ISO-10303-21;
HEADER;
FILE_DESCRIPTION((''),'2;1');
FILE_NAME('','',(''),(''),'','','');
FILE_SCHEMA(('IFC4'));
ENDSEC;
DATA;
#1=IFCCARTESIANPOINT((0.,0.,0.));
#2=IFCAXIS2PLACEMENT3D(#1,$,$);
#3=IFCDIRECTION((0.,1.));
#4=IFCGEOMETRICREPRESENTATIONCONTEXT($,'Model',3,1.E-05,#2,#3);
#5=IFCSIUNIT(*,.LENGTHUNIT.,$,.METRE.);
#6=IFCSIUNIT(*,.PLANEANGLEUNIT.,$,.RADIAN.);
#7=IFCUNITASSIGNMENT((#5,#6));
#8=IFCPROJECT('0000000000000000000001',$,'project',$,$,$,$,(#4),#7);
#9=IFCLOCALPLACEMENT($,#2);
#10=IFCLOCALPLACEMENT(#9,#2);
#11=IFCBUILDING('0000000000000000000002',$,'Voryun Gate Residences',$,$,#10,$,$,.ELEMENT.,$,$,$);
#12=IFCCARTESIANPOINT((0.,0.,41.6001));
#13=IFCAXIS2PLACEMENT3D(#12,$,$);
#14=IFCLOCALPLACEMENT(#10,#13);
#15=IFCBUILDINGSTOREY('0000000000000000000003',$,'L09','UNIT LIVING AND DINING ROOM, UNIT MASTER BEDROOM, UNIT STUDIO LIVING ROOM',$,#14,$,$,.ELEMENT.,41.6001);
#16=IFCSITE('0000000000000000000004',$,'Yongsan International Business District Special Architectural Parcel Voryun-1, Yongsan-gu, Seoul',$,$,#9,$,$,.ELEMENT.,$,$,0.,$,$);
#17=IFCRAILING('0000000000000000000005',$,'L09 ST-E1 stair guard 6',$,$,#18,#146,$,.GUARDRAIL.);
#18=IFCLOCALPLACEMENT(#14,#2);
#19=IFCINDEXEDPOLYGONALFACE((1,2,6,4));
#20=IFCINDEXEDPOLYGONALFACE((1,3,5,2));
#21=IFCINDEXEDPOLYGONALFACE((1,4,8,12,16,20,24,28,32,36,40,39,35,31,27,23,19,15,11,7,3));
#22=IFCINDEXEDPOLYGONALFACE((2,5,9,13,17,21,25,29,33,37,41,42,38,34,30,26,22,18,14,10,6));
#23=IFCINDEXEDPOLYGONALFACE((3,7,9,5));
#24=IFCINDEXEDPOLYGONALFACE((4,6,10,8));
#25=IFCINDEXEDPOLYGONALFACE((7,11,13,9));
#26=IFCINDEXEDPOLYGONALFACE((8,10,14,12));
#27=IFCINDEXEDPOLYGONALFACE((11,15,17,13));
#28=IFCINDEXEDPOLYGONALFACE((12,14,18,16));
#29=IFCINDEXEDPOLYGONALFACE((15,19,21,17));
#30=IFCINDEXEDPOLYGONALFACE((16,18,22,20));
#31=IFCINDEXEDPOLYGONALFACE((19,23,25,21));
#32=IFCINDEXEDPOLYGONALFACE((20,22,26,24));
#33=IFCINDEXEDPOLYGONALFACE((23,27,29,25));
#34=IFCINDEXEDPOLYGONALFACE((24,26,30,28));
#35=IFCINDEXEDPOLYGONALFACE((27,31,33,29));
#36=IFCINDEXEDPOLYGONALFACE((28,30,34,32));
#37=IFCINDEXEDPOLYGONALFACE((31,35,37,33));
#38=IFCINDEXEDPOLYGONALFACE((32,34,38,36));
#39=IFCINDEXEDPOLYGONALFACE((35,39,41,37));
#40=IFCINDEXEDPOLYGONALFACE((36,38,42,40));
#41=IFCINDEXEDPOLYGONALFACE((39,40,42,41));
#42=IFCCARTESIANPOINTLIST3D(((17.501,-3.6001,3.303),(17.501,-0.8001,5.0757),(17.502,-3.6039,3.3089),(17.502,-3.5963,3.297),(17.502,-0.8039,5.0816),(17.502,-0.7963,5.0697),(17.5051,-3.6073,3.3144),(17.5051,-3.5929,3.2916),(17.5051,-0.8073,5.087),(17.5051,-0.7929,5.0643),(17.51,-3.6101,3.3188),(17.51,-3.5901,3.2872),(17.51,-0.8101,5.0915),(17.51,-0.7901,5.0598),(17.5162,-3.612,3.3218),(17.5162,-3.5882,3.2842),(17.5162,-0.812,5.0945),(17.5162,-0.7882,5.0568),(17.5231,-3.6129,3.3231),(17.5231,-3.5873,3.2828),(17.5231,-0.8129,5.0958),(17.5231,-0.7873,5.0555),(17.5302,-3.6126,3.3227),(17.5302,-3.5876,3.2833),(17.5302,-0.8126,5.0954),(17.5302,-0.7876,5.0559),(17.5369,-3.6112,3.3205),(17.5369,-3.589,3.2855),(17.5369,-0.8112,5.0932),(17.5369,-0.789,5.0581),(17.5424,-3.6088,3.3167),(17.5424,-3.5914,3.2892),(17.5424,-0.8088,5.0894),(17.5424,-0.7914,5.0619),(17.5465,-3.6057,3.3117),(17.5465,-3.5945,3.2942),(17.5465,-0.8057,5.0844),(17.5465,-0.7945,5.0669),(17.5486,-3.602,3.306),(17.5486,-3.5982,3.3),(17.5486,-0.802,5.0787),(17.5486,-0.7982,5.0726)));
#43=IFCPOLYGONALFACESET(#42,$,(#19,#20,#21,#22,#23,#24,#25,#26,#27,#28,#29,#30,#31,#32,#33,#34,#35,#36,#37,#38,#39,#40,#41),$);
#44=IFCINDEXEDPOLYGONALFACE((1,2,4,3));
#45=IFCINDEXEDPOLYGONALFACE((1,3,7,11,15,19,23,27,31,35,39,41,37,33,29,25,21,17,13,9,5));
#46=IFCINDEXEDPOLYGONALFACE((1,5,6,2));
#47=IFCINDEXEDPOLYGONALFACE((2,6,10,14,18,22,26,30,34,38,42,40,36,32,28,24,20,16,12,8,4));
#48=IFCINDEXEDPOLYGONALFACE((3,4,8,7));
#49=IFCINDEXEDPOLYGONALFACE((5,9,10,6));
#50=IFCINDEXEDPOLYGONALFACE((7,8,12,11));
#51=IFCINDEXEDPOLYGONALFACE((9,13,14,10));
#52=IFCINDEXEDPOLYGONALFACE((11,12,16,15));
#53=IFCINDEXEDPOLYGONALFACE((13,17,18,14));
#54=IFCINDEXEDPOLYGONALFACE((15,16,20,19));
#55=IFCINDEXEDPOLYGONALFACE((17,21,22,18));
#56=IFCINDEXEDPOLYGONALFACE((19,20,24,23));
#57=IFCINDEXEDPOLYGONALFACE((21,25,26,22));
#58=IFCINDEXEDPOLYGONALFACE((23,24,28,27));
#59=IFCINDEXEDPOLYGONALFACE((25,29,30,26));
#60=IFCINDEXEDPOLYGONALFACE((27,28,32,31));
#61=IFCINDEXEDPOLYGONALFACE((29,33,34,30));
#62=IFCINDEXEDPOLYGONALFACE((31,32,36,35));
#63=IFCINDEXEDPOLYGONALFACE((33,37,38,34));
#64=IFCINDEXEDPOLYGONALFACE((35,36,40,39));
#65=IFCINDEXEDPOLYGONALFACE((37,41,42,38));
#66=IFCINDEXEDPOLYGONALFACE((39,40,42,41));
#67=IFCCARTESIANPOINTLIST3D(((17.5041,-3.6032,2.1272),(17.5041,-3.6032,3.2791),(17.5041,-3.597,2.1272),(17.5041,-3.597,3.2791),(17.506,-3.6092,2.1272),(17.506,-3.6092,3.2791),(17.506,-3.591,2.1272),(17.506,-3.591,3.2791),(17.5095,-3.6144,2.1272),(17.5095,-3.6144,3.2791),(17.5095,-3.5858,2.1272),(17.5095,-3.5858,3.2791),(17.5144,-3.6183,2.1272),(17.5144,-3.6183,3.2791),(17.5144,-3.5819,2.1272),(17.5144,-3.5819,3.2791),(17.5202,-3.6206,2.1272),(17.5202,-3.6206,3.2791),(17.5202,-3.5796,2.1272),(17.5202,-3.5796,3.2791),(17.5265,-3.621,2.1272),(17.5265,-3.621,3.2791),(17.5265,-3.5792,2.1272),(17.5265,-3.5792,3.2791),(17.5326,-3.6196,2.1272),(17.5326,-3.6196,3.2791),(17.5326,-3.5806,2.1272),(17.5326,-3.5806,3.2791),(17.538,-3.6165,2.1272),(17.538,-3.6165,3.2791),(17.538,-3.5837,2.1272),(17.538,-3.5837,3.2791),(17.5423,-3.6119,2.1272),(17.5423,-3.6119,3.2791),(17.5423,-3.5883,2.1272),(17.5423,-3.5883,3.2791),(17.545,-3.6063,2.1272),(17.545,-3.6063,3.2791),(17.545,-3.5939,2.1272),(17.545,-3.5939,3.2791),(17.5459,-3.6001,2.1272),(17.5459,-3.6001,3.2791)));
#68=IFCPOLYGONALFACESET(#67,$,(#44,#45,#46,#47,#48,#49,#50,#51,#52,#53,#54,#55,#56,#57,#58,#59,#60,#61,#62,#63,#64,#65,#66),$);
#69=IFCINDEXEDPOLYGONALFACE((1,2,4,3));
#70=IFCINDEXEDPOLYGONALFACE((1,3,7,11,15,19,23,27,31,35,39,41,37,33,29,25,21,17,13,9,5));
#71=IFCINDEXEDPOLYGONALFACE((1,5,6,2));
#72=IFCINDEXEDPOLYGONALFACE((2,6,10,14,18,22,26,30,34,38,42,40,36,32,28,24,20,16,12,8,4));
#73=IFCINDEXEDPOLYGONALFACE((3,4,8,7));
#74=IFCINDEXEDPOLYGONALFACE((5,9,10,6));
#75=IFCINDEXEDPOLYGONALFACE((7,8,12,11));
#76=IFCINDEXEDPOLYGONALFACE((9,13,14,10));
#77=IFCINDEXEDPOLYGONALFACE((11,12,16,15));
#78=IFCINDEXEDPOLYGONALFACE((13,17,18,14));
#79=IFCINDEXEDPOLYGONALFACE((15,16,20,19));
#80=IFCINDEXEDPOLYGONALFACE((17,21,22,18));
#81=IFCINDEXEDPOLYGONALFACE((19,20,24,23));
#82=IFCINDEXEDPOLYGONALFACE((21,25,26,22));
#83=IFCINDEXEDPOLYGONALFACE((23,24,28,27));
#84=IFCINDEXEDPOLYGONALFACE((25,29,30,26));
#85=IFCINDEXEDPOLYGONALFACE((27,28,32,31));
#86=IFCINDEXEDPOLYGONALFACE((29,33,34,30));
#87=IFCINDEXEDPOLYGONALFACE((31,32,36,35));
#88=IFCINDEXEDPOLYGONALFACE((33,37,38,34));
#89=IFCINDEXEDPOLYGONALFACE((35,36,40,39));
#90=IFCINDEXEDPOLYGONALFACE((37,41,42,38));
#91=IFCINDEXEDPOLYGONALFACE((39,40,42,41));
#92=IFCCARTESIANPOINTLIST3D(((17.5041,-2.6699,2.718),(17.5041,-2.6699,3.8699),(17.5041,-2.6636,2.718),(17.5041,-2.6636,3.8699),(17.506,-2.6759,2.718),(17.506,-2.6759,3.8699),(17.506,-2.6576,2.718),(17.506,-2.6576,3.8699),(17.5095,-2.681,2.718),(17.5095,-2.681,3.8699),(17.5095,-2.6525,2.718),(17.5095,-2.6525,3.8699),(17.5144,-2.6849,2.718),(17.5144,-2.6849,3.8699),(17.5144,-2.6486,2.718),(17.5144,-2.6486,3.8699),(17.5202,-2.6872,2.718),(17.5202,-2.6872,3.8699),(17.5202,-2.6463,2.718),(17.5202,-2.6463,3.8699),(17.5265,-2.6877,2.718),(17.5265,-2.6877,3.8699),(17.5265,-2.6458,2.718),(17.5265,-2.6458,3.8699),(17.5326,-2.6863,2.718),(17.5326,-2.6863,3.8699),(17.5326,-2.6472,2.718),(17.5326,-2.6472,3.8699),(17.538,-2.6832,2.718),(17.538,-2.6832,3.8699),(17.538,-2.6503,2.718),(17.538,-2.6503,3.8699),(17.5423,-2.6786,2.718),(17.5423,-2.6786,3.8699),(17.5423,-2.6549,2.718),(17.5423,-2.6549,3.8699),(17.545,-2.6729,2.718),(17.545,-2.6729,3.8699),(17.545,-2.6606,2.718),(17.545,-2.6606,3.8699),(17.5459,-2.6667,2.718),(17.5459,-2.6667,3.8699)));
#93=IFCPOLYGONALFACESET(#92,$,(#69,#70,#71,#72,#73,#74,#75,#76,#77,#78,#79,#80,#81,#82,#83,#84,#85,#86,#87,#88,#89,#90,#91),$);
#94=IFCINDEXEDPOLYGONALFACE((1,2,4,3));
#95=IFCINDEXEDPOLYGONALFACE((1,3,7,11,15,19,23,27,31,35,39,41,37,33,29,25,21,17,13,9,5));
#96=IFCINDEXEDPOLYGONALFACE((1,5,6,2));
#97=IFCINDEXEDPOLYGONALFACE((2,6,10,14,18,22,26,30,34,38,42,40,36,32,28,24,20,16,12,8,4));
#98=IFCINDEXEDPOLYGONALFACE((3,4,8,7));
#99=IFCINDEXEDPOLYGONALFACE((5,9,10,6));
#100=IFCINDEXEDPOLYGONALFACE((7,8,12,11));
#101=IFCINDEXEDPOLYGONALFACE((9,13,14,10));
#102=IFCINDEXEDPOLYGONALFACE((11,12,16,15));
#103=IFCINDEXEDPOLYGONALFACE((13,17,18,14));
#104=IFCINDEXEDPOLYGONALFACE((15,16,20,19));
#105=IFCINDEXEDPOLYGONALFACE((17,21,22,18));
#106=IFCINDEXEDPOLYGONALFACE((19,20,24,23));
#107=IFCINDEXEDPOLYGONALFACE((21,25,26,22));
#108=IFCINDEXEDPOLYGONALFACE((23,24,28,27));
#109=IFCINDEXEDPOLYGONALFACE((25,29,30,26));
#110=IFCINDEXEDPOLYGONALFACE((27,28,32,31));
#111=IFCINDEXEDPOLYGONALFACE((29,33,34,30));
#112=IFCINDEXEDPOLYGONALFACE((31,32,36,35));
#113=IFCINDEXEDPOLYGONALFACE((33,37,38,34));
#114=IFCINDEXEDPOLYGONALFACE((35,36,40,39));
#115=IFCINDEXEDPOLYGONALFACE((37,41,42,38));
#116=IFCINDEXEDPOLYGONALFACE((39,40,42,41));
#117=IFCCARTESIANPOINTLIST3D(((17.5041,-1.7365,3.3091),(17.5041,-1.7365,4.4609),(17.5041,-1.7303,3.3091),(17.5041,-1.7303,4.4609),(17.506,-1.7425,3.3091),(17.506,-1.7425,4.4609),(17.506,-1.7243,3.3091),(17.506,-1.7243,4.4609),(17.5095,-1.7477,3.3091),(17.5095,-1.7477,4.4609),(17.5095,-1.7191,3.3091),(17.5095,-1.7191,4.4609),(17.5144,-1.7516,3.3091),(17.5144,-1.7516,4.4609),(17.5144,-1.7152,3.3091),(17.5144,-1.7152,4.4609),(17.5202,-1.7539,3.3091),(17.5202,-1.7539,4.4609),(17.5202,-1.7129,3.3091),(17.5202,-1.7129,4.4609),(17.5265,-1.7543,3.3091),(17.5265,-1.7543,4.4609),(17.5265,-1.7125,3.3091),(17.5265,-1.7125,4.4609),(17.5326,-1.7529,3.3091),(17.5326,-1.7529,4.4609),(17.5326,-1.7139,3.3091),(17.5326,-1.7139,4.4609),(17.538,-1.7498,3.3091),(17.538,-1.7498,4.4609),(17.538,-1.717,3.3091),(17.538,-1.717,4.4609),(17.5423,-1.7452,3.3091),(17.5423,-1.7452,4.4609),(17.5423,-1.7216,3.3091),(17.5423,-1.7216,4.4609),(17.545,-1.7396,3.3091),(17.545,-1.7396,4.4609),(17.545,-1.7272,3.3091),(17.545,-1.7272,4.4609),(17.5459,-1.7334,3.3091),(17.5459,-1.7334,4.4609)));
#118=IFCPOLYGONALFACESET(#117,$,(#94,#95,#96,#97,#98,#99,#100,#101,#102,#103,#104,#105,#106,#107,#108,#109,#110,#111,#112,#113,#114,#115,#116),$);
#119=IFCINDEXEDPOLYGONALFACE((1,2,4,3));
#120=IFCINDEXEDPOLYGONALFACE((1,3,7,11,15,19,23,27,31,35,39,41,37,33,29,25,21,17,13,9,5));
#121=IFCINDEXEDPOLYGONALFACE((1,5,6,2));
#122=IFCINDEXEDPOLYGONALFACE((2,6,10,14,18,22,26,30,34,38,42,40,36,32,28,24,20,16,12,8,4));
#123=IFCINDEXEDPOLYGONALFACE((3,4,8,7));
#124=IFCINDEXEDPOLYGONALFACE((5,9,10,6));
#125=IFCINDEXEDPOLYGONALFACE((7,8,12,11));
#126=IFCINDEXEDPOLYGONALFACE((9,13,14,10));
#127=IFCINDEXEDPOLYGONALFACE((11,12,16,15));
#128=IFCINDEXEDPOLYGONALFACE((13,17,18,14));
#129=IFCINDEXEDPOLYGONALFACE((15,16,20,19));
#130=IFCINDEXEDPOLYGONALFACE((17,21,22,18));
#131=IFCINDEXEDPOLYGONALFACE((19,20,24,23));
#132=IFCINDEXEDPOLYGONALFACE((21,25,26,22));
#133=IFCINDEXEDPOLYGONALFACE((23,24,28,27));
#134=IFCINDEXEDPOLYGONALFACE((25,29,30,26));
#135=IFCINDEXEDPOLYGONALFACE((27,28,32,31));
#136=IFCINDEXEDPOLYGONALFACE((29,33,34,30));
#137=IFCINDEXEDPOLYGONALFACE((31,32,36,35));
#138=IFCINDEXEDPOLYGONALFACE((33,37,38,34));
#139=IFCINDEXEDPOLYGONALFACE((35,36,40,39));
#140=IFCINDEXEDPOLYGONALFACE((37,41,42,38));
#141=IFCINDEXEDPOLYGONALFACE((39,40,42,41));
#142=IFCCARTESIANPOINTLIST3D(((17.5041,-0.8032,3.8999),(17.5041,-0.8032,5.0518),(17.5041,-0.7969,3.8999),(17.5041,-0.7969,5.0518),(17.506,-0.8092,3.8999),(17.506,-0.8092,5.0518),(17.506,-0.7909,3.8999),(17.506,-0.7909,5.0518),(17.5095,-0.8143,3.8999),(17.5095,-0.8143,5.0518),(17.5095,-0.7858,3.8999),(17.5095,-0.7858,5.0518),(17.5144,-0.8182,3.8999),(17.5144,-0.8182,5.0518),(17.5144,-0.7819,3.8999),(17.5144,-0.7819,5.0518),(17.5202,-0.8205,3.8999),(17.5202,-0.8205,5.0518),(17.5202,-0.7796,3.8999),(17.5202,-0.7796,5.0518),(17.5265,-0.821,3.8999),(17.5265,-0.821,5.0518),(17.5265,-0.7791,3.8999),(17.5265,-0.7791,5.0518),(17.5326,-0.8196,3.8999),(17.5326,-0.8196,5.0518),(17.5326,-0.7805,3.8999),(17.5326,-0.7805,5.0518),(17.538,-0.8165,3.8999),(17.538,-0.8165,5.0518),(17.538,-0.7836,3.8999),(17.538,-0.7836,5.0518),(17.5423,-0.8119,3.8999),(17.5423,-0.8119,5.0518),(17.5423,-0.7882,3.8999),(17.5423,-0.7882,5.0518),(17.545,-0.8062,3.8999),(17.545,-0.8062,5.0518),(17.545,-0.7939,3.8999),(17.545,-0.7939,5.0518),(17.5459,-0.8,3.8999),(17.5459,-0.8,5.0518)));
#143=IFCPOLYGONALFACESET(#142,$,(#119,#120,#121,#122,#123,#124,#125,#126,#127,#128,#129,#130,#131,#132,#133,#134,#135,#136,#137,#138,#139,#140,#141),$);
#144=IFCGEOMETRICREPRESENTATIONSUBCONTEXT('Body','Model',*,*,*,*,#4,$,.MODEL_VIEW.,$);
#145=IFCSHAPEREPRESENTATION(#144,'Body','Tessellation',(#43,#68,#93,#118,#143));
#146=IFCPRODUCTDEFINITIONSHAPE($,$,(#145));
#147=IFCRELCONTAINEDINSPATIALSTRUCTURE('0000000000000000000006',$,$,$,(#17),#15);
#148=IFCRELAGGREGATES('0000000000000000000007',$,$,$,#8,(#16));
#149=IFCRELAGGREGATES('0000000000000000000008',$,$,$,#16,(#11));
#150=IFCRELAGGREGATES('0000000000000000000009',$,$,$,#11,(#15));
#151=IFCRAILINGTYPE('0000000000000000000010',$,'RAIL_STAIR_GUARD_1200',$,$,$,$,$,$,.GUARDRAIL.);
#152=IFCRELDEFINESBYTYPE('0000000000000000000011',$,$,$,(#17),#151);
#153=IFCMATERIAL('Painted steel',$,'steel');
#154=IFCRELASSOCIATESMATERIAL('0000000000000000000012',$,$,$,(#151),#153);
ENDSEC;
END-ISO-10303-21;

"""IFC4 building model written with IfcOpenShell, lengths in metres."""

from ifc_helpers import new_model, si_unit, direction, frame, origin, origin_2d, place, context, subcontext, project, spatial, circle, extrude, material, type_object, element, save


model = new_model("IFC4")

# Units and contexts
model_context = context("Model", 3, precision=1e-05, world=origin(), true_north=direction((0.0, 1.0)))
body_context = subcontext(model_context, "Body", "Model", "MODEL_VIEW")
ifc_project = project(units=[si_unit("LENGTHUNIT", "METRE"), si_unit("PLANEANGLEUNIT", "RADIAN")], contexts=[model_context])

# Site, building, storey
site_placement = place(None, origin())
site = spatial("IfcSite", under=ifc_project, at=site_placement, Name="Yongsan International Business District Special Architectural Parcel Voryun-1, Yongsan-gu, Seoul", CompositionType="ELEMENT", RefElevation=0.0)
building_placement = place(site_placement, origin())
building = spatial("IfcBuilding", under=site, at=building_placement, Name="Voryun Gate Residences", CompositionType="ELEMENT")
storey_placement = place(building_placement, frame((0.0, 0.0, 41.6001)))
storey = spatial("IfcBuildingStorey", under=building, at=storey_placement, Name="L09", Description="UNIT LIVING AND DINING ROOM, UNIT MASTER BEDROOM, UNIT STUDIO LIVING ROOM", CompositionType="ELEMENT", Elevation=41.6001)

# Railing
ifc_material_1 = material(Name="Painted steel", Category="steel")
railing_type_1 = type_object("IfcRailingType", Name="RAIL_STAIR_GUARD_1200", PredefinedType="GUARDRAIL", material=ifc_material_1)
railing_1_placement = place(storey_placement, frame((17.5249, -3.6001, 2.1272)))
element("IfcRailing", 1, at=railing_1_placement, inside=storey, type_object=railing_type_1, Name="L09 ST-E1 stair guard 6", PredefinedType="GUARDRAIL", context=body_context, shape_type="SweptSolid", body=[
    extrude(circle(Radius=0.0239, at=origin_2d()), frame((0.0, 0.0, 1.1758), z_axis=(0.0, 0.844909, 0.53491), x_axis=(-1.0, 0.0, 0.0)), (0.0, 0.0, 1.0), 3.314),
    extrude(circle(Radius=0.021, at=origin_2d()), origin(), (0.0, 0.0, 1.0), 1.1519),
    extrude(circle(Radius=0.021, at=origin_2d()), frame((0.0, 0.9333, 0.5908)), (0.0, 0.0, 1.0), 1.1519),
    extrude(circle(Radius=0.021, at=origin_2d()), frame((0.0, 1.8667, 1.1819)), (0.0, 0.0, 1.0), 1.1519),
    extrude(circle(Radius=0.021, at=origin_2d()), frame((0.0, 2.8, 1.7727)), (0.0, 0.0, 1.0), 1.1519),
])

save(model, "model.ifc")
